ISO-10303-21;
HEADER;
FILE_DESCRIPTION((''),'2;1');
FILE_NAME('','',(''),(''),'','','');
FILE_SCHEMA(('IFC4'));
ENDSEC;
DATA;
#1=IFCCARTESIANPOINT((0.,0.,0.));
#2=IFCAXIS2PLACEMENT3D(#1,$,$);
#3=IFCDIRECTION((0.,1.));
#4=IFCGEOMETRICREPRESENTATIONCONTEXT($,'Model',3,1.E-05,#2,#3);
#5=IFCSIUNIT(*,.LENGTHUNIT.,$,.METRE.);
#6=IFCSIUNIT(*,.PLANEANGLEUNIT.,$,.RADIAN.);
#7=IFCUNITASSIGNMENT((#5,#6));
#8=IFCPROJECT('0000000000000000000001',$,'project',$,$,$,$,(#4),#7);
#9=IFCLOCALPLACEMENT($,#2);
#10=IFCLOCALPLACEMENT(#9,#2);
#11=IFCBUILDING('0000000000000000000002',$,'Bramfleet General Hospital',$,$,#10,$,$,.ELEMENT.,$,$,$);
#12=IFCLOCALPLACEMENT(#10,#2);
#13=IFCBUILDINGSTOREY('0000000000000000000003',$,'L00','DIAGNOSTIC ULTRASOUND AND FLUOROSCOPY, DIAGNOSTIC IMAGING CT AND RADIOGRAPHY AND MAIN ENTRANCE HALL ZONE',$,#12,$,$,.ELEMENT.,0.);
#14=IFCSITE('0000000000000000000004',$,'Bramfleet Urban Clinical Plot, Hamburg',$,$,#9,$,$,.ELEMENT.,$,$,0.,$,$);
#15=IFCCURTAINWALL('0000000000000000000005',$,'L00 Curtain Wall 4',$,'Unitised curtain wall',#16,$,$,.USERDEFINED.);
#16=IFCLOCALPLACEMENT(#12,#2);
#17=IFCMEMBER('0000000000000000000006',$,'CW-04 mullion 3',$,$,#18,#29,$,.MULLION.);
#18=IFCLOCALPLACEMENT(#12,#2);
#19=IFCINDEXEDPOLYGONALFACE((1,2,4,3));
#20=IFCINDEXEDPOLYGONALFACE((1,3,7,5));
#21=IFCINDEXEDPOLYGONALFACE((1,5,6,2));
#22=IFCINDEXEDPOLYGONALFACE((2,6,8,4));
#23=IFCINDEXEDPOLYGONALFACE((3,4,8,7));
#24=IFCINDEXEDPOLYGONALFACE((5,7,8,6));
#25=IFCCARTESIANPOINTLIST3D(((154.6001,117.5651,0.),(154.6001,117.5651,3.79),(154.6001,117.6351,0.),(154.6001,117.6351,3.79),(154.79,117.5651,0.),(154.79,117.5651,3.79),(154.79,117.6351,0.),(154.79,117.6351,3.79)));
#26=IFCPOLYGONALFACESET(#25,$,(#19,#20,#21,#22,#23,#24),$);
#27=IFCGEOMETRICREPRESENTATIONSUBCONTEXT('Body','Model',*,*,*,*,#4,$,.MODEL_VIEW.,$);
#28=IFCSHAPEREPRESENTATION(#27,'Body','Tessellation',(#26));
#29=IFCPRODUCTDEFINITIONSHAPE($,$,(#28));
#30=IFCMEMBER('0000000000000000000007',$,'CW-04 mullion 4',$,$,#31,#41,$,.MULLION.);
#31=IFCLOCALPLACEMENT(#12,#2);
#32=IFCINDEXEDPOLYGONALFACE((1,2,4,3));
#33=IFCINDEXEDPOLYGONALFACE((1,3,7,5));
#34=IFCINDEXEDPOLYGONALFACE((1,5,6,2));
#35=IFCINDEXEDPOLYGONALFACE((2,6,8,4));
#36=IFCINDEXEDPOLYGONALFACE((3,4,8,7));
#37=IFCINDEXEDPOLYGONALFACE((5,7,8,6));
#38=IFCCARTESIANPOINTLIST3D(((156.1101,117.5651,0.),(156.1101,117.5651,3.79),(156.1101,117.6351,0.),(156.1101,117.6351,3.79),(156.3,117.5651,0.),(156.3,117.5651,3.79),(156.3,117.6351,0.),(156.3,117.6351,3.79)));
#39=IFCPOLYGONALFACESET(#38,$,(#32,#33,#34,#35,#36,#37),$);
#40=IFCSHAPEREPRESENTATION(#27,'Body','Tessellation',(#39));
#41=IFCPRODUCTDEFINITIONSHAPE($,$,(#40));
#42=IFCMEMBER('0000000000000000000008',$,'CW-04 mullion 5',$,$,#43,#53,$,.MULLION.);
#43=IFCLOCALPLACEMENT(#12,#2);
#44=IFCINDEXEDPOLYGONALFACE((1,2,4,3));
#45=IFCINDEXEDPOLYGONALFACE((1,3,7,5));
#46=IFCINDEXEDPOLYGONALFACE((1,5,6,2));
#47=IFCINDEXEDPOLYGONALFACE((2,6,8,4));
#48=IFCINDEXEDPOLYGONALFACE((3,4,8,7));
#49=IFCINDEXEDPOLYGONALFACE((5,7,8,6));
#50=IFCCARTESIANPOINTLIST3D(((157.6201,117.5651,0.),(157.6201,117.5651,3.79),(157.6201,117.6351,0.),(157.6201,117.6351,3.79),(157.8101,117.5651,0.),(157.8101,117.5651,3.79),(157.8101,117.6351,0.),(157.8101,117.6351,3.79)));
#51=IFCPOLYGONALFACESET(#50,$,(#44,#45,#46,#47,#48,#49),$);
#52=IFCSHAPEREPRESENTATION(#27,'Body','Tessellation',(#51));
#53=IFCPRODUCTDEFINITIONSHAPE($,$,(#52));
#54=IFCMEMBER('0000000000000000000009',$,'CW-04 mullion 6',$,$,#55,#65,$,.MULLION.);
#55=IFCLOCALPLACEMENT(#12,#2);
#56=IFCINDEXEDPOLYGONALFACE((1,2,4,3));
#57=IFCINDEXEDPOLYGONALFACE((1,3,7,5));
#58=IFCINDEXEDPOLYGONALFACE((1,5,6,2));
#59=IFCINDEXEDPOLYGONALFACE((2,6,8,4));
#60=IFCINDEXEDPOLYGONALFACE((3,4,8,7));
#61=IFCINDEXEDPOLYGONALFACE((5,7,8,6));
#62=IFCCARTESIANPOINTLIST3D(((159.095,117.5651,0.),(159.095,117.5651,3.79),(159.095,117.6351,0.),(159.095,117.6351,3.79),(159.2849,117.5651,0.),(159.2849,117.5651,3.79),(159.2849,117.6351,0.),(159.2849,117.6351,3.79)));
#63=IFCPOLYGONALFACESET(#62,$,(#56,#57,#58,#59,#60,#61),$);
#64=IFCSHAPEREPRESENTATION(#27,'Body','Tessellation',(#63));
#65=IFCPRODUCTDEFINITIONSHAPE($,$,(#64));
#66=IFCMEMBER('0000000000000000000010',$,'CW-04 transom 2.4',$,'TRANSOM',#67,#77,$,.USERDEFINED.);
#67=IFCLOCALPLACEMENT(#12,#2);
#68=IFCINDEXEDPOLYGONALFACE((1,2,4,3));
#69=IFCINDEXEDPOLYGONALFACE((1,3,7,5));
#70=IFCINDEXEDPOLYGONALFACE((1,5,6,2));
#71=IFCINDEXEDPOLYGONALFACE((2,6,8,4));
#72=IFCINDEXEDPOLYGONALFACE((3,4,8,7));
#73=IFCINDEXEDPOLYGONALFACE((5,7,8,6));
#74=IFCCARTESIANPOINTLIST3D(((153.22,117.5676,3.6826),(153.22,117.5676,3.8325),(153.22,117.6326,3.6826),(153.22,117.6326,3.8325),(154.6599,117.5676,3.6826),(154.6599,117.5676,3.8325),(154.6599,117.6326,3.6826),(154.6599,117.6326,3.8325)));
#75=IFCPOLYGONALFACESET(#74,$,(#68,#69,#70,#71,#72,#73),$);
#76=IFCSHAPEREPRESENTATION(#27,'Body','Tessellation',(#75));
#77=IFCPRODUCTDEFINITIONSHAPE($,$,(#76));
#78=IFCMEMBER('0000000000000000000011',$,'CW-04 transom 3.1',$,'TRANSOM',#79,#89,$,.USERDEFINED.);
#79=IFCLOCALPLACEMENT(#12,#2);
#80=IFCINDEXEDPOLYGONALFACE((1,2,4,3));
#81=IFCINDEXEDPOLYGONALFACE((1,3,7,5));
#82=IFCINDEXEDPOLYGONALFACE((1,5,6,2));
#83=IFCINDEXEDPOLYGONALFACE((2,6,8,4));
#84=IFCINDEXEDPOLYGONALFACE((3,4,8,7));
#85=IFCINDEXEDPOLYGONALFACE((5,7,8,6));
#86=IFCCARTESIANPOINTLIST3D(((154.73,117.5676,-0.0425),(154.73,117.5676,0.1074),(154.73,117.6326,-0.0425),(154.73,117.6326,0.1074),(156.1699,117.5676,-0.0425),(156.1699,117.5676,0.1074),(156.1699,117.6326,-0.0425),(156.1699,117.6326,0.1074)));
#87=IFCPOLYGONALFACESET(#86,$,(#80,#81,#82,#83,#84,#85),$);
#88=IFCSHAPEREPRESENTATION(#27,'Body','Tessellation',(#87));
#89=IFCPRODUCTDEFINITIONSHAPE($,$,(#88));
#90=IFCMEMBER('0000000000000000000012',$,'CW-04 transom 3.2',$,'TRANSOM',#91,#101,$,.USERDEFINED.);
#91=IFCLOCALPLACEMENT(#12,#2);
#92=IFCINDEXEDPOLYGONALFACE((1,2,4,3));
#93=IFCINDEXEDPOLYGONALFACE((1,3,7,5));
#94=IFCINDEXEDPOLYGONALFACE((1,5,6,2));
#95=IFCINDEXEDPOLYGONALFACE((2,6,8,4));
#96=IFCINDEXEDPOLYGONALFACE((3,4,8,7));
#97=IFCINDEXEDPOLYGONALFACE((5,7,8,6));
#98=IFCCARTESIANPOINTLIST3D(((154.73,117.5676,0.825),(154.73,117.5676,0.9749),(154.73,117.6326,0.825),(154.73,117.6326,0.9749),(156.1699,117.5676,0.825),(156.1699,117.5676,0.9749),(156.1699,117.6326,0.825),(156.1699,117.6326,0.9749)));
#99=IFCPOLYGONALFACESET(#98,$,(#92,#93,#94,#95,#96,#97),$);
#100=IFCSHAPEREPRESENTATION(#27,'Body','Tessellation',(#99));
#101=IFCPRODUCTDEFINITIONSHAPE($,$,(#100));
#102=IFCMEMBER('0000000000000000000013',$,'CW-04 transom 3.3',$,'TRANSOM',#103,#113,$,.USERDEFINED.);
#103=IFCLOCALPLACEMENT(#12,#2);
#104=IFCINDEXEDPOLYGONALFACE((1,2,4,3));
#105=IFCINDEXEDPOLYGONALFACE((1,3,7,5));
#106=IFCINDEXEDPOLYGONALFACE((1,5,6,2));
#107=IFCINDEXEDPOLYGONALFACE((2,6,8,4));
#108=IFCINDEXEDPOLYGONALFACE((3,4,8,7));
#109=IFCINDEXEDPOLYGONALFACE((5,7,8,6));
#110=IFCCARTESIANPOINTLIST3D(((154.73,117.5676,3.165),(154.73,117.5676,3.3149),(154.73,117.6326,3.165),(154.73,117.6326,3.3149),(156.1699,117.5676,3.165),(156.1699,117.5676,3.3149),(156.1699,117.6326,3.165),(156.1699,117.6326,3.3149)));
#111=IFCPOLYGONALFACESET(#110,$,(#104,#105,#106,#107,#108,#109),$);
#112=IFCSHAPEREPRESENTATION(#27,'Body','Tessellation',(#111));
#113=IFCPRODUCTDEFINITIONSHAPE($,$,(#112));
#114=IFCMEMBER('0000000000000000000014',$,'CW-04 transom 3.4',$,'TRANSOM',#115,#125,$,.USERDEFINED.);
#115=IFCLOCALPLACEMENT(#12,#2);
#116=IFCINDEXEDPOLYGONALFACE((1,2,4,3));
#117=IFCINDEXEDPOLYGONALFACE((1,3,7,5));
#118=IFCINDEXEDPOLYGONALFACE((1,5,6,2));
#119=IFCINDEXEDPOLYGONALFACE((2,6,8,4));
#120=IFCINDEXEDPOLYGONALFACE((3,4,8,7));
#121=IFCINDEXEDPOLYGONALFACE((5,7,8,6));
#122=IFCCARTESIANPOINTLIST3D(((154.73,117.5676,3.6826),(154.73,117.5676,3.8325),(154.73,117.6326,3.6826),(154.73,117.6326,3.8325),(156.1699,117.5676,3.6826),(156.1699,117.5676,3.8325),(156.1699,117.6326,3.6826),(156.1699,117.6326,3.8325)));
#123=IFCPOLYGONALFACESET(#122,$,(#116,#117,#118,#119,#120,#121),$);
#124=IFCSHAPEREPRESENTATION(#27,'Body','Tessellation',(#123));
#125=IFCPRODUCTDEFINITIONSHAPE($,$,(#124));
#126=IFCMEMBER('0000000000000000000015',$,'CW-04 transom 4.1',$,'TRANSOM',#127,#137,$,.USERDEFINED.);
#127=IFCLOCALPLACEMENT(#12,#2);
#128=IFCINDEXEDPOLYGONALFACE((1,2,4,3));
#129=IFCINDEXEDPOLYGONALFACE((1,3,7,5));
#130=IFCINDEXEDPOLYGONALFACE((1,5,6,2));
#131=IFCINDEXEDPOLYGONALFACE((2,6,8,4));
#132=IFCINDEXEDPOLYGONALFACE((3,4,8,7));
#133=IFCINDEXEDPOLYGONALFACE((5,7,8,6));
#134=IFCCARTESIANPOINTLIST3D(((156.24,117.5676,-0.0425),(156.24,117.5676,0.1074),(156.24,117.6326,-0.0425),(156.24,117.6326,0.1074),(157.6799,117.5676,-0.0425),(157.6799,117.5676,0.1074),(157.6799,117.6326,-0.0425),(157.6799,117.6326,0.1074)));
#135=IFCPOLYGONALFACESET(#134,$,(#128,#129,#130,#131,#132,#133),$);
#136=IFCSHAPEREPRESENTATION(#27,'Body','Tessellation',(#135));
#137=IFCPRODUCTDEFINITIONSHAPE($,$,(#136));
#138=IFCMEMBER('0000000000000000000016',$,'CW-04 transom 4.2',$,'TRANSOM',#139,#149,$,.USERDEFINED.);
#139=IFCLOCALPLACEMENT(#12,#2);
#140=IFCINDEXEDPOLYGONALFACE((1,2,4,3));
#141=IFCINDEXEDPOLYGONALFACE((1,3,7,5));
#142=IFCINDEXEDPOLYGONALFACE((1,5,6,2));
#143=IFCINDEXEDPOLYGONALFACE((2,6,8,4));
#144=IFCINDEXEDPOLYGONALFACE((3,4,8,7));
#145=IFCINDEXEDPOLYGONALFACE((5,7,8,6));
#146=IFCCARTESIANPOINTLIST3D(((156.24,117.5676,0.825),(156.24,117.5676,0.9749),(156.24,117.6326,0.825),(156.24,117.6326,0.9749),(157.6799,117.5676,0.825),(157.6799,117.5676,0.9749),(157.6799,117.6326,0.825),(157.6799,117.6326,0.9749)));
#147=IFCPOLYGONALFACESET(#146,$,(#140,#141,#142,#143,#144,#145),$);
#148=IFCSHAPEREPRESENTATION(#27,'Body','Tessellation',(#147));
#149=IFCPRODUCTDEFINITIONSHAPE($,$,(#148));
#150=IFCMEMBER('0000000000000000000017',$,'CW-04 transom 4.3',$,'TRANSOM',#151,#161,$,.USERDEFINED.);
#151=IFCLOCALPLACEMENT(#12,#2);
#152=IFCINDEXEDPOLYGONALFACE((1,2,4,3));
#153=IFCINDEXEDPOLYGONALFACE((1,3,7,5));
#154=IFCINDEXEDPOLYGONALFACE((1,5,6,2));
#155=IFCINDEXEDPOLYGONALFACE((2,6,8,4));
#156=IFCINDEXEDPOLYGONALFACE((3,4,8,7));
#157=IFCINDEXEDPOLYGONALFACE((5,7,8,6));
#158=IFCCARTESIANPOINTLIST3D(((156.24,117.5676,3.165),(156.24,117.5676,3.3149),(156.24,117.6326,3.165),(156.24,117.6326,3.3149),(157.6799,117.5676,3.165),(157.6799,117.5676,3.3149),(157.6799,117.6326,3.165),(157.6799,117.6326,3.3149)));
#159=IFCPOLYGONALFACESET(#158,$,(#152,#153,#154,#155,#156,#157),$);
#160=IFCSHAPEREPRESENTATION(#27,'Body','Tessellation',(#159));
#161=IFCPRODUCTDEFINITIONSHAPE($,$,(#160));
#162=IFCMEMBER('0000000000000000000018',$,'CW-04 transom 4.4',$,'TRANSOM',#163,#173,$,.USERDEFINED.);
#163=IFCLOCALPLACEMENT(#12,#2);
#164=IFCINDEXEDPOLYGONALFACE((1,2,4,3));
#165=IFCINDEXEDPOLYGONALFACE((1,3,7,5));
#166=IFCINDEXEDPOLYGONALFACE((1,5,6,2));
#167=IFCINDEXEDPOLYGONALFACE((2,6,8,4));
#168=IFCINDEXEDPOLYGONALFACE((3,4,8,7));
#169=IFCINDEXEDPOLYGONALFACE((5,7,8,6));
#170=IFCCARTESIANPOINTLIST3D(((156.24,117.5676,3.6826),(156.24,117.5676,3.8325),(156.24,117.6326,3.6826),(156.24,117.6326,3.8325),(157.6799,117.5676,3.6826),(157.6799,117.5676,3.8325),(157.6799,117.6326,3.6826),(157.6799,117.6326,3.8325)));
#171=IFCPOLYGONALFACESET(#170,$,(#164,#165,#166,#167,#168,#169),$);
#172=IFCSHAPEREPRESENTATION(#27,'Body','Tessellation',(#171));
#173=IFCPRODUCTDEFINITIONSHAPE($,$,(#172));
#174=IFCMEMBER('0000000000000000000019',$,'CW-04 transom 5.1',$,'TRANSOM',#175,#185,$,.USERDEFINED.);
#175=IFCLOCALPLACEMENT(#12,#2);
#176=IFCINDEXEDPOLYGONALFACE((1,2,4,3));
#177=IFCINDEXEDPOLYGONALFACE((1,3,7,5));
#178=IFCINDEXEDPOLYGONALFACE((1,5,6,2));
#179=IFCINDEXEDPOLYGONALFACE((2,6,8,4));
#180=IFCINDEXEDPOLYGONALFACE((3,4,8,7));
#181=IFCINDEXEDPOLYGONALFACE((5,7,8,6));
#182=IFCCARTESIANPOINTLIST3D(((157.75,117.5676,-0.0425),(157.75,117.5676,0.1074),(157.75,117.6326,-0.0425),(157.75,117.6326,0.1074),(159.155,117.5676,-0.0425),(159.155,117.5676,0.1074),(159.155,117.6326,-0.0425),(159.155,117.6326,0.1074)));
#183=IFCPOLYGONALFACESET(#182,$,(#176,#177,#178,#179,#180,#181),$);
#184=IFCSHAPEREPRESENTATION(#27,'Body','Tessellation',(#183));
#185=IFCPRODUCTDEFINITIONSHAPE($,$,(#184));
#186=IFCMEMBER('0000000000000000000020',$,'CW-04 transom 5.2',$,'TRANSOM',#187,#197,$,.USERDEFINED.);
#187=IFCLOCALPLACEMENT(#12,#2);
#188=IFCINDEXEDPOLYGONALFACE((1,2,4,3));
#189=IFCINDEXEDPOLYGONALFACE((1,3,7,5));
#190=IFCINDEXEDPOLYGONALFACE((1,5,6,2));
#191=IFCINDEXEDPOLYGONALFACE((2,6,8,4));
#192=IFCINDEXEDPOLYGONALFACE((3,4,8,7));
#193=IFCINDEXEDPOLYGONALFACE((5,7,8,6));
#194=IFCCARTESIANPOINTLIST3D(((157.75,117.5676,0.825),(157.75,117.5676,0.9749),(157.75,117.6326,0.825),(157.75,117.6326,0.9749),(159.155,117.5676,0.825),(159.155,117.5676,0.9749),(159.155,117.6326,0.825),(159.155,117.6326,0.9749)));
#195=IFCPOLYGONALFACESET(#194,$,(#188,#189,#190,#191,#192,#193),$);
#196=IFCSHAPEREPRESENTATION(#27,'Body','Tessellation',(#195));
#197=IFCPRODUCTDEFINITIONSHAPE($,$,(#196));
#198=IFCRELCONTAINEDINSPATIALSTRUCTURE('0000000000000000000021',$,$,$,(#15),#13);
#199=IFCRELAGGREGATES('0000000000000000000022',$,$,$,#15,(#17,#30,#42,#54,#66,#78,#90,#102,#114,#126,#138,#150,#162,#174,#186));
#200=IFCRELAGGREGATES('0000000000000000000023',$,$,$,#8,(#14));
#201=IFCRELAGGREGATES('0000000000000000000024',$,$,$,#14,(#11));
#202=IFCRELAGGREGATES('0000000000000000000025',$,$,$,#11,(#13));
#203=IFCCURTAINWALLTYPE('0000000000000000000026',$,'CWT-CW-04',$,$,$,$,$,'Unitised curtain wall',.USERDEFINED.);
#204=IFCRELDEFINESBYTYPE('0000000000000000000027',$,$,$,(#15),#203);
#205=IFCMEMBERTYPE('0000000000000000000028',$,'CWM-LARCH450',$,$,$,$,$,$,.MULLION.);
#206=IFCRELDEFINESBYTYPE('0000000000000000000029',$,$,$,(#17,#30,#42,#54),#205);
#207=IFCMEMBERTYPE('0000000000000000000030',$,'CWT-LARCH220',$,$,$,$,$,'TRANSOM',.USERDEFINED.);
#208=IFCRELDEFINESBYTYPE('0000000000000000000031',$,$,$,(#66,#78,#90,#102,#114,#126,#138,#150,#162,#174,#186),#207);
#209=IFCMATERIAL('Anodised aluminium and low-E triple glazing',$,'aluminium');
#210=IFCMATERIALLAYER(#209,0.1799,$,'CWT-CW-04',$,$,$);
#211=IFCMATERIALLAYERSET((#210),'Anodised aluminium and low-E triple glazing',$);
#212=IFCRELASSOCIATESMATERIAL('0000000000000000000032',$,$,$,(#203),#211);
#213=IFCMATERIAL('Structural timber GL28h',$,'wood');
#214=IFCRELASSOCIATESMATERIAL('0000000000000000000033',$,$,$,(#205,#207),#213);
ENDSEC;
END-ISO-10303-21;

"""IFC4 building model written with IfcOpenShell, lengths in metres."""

from ifc_helpers import new_model, si_unit, direction, frame, origin, origin_2d, place, context, subcontext, project, spatial, rectangle, extrude, material, layer, layer_set, material_profile, profile_set, type_object, element, aggregate, save


model = new_model("IFC4")

# Units and contexts
model_context = context("Model", 3, precision=1e-05, world=origin(), true_north=direction((0.0, 1.0)))
body_context = subcontext(model_context, "Body", "Model", "MODEL_VIEW")
ifc_project = project(units=[si_unit("LENGTHUNIT", "METRE"), si_unit("PLANEANGLEUNIT", "RADIAN")], contexts=[model_context])

# Site, building, storey
site_placement = place(None, origin())
site = spatial("IfcSite", under=ifc_project, at=site_placement, Name="Bramfleet Urban Clinical Plot, Hamburg", CompositionType="ELEMENT", RefElevation=0.0)
building_placement = place(site_placement, origin())
building = spatial("IfcBuilding", under=site, at=building_placement, Name="Bramfleet General Hospital", CompositionType="ELEMENT")
storey_placement = place(building_placement, origin())
storey = spatial("IfcBuildingStorey", under=building, at=storey_placement, Name="L00", Description="DIAGNOSTIC ULTRASOUND AND FLUOROSCOPY, DIAGNOSTIC IMAGING CT AND RADIOGRAPHY AND MAIN ENTRANCE HALL ZONE", CompositionType="ELEMENT", Elevation=0.0)

# Curtain wall, members
ifc_material_1 = material(Name="Anodised aluminium and low-E triple glazing", Category="aluminium")
ifc_layer_1 = layer(ifc_material_1, 0.1799, Name="CWT-CW-04")
ifc_layer_set_1 = layer_set([ifc_layer_1], Name="Anodised aluminium and low-E triple glazing")
curtain_wall_type = type_object("IfcCurtainWallType", Name="CWT-CW-04", ElementType="Unitised curtain wall", PredefinedType="USERDEFINED", material=ifc_layer_set_1)
curtain_wall_placement = place(storey_placement, origin())
curtain_wall = element("IfcCurtainWall", 1, at=curtain_wall_placement, inside=storey, type_object=curtain_wall_type, Name="L00 Curtain Wall 4", ObjectType="Unitised curtain wall", PredefinedType="USERDEFINED")
ifc_material_2 = material(Name="Structural timber GL28h", Category="wood")
ifc_material_profile_1 = material_profile(ifc_material_2, rectangle(XDim=0.0701, YDim=0.1899, at=origin_2d()), Name="LARCH 190x70")
ifc_profile_set_1 = profile_set([ifc_material_profile_1], Name="Structural timber GL28h")
member_type_1 = type_object("IfcMemberType", Name="CWM-LARCH450", PredefinedType="MULLION", material=ifc_profile_set_1)
member_1_placement = place(storey_placement, frame((154.6951, 117.6001, 0.0), z_axis=(0.0, 0.0, 1.0), x_axis=(0.0, 1.0, 0.0)))
member_1 = element("IfcMember", 2, at=member_1_placement, type_object=member_type_1, Name="CW-04 mullion 3", PredefinedType="MULLION", context=body_context, shape_type="SweptSolid", body=[
    extrude(rectangle(XDim=0.0701, YDim=0.1899, at=origin_2d()), origin(), (0.0, 0.0, 1.0), 3.79),
])
member_2_placement = place(storey_placement, frame((156.2051, 117.6001, 0.0), z_axis=(0.0, 0.0, 1.0), x_axis=(0.0, 1.0, 0.0)))
member_2 = element("IfcMember", 3, at=member_2_placement, type_object=member_type_1, Name="CW-04 mullion 4", PredefinedType="MULLION", context=body_context, shape_type="SweptSolid", body=[
    extrude(rectangle(XDim=0.0701, YDim=0.1899, at=origin_2d()), origin(), (0.0, 0.0, 1.0), 3.79),
])
member_3_placement = place(storey_placement, frame((157.7151, 117.6001, 0.0), z_axis=(0.0, 0.0, 1.0), x_axis=(0.0, 1.0, 0.0)))
member_3 = element("IfcMember", 4, at=member_3_placement, type_object=member_type_1, Name="CW-04 mullion 5", PredefinedType="MULLION", context=body_context, shape_type="SweptSolid", body=[
    extrude(rectangle(XDim=0.0701, YDim=0.1899, at=origin_2d()), origin(), (0.0, 0.0, 1.0), 3.79),
])
member_4_placement = place(storey_placement, frame((159.1899, 117.6001, 0.0), z_axis=(0.0, 0.0, 1.0), x_axis=(0.0, 1.0, 0.0)))
member_4 = element("IfcMember", 5, at=member_4_placement, type_object=member_type_1, Name="CW-04 mullion 6", PredefinedType="MULLION", context=body_context, shape_type="SweptSolid", body=[
    extrude(rectangle(XDim=0.0701, YDim=0.1899, at=origin_2d()), origin(), (0.0, 0.0, 1.0), 3.79),
])
ifc_material_profile_2 = material_profile(ifc_material_2, rectangle(XDim=0.0649, YDim=0.1499, at=origin_2d()), Name="LARCH 150x65")
ifc_profile_set_2 = profile_set([ifc_material_profile_2], Name="Structural timber GL28h")
member_type_2 = type_object("IfcMemberType", Name="CWT-LARCH220", ElementType="TRANSOM", PredefinedType="USERDEFINED", material=ifc_profile_set_2)
member_5_placement = place(storey_placement, frame((153.22, 117.6001, 3.7576), z_axis=(1.0, 0.0, 0.0), x_axis=(0.0, 1.0, 0.0)))
member_5 = element("IfcMember", 6, at=member_5_placement, type_object=member_type_2, Name="CW-04 transom 2.4", ObjectType="TRANSOM", PredefinedType="USERDEFINED", context=body_context, shape_type="SweptSolid", body=[
    extrude(rectangle(XDim=0.0649, YDim=0.1499, at=origin_2d()), origin(), (0.0, 0.0, 1.0), 1.4399),
])
member_6_placement = place(storey_placement, frame((154.73, 117.6001, 0.0325), z_axis=(1.0, 0.0, 0.0), x_axis=(0.0, 1.0, 0.0)))
member_6 = element("IfcMember", 7, at=member_6_placement, type_object=member_type_2, Name="CW-04 transom 3.1", ObjectType="TRANSOM", PredefinedType="USERDEFINED", context=body_context, shape_type="SweptSolid", body=[
    extrude(rectangle(XDim=0.0649, YDim=0.1499, at=origin_2d()), origin(), (0.0, 0.0, 1.0), 1.4399),
])
member_7_placement = place(storey_placement, frame((154.73, 117.6001, 0.8999), z_axis=(1.0, 0.0, 0.0), x_axis=(0.0, 1.0, 0.0)))
member_7 = element("IfcMember", 8, at=member_7_placement, type_object=member_type_2, Name="CW-04 transom 3.2", ObjectType="TRANSOM", PredefinedType="USERDEFINED", context=body_context, shape_type="SweptSolid", body=[
    extrude(rectangle(XDim=0.0649, YDim=0.1499, at=origin_2d()), origin(), (0.0, 0.0, 1.0), 1.4399),
])
member_8_placement = place(storey_placement, frame((154.73, 117.6001, 3.24), z_axis=(1.0, 0.0, 0.0), x_axis=(0.0, 1.0, 0.0)))
member_8 = element("IfcMember", 9, at=member_8_placement, type_object=member_type_2, Name="CW-04 transom 3.3", ObjectType="TRANSOM", PredefinedType="USERDEFINED", context=body_context, shape_type="SweptSolid", body=[
    extrude(rectangle(XDim=0.0649, YDim=0.1499, at=origin_2d()), origin(), (0.0, 0.0, 1.0), 1.4399),
])
member_9_placement = place(storey_placement, frame((154.73, 117.6001, 3.7576), z_axis=(1.0, 0.0, 0.0), x_axis=(0.0, 1.0, 0.0)))
member_9 = element("IfcMember", 10, at=member_9_placement, type_object=member_type_2, Name="CW-04 transom 3.4", ObjectType="TRANSOM", PredefinedType="USERDEFINED", context=body_context, shape_type="SweptSolid", body=[
    extrude(rectangle(XDim=0.0649, YDim=0.1499, at=origin_2d()), origin(), (0.0, 0.0, 1.0), 1.4399),
])
member_10_placement = place(storey_placement, frame((156.24, 117.6001, 0.0325), z_axis=(1.0, 0.0, 0.0), x_axis=(0.0, 1.0, 0.0)))
member_10 = element("IfcMember", 11, at=member_10_placement, type_object=member_type_2, Name="CW-04 transom 4.1", ObjectType="TRANSOM", PredefinedType="USERDEFINED", context=body_context, shape_type="SweptSolid", body=[
    extrude(rectangle(XDim=0.0649, YDim=0.1499, at=origin_2d()), origin(), (0.0, 0.0, 1.0), 1.4399),
])
member_11_placement = place(storey_placement, frame((156.24, 117.6001, 0.8999), z_axis=(1.0, 0.0, 0.0), x_axis=(0.0, 1.0, 0.0)))
member_11 = element("IfcMember", 12, at=member_11_placement, type_object=member_type_2, Name="CW-04 transom 4.2", ObjectType="TRANSOM", PredefinedType="USERDEFINED", context=body_context, shape_type="SweptSolid", body=[
    extrude(rectangle(XDim=0.0649, YDim=0.1499, at=origin_2d()), origin(), (0.0, 0.0, 1.0), 1.4399),
])
member_12_placement = place(storey_placement, frame((156.24, 117.6001, 3.24), z_axis=(1.0, 0.0, 0.0), x_axis=(0.0, 1.0, 0.0)))
member_12 = element("IfcMember", 13, at=member_12_placement, type_object=member_type_2, Name="CW-04 transom 4.3", ObjectType="TRANSOM", PredefinedType="USERDEFINED", context=body_context, shape_type="SweptSolid", body=[
    extrude(rectangle(XDim=0.0649, YDim=0.1499, at=origin_2d()), origin(), (0.0, 0.0, 1.0), 1.4399),
])
member_13_placement = place(storey_placement, frame((156.24, 117.6001, 3.7576), z_axis=(1.0, 0.0, 0.0), x_axis=(0.0, 1.0, 0.0)))
member_13 = element("IfcMember", 14, at=member_13_placement, type_object=member_type_2, Name="CW-04 transom 4.4", ObjectType="TRANSOM", PredefinedType="USERDEFINED", context=body_context, shape_type="SweptSolid", body=[
    extrude(rectangle(XDim=0.0649, YDim=0.1499, at=origin_2d()), origin(), (0.0, 0.0, 1.0), 1.4399),
])
member_14_placement = place(storey_placement, frame((157.75, 117.6001, 0.0325), z_axis=(1.0, 0.0, 0.0), x_axis=(0.0, 1.0, 0.0)))
member_14 = element("IfcMember", 15, at=member_14_placement, type_object=member_type_2, Name="CW-04 transom 5.1", ObjectType="TRANSOM", PredefinedType="USERDEFINED", context=body_context, shape_type="SweptSolid", body=[
    extrude(rectangle(XDim=0.0649, YDim=0.1499, at=origin_2d()), origin(), (0.0, 0.0, 1.0), 1.405),
])
member_15_placement = place(storey_placement, frame((157.75, 117.6001, 0.8999), z_axis=(1.0, 0.0, 0.0), x_axis=(0.0, 1.0, 0.0)))
member_15 = element("IfcMember", 16, at=member_15_placement, type_object=member_type_2, Name="CW-04 transom 5.2", ObjectType="TRANSOM", PredefinedType="USERDEFINED", context=body_context, shape_type="SweptSolid", body=[
    extrude(rectangle(XDim=0.0649, YDim=0.1499, at=origin_2d()), origin(), (0.0, 0.0, 1.0), 1.405),
])
aggregate(curtain_wall, [member_1, member_2, member_3, member_4, member_5, member_6, member_7, member_8, member_9, member_10, member_11, member_12, member_13, member_14, member_15])

save(model, "model.ifc")
